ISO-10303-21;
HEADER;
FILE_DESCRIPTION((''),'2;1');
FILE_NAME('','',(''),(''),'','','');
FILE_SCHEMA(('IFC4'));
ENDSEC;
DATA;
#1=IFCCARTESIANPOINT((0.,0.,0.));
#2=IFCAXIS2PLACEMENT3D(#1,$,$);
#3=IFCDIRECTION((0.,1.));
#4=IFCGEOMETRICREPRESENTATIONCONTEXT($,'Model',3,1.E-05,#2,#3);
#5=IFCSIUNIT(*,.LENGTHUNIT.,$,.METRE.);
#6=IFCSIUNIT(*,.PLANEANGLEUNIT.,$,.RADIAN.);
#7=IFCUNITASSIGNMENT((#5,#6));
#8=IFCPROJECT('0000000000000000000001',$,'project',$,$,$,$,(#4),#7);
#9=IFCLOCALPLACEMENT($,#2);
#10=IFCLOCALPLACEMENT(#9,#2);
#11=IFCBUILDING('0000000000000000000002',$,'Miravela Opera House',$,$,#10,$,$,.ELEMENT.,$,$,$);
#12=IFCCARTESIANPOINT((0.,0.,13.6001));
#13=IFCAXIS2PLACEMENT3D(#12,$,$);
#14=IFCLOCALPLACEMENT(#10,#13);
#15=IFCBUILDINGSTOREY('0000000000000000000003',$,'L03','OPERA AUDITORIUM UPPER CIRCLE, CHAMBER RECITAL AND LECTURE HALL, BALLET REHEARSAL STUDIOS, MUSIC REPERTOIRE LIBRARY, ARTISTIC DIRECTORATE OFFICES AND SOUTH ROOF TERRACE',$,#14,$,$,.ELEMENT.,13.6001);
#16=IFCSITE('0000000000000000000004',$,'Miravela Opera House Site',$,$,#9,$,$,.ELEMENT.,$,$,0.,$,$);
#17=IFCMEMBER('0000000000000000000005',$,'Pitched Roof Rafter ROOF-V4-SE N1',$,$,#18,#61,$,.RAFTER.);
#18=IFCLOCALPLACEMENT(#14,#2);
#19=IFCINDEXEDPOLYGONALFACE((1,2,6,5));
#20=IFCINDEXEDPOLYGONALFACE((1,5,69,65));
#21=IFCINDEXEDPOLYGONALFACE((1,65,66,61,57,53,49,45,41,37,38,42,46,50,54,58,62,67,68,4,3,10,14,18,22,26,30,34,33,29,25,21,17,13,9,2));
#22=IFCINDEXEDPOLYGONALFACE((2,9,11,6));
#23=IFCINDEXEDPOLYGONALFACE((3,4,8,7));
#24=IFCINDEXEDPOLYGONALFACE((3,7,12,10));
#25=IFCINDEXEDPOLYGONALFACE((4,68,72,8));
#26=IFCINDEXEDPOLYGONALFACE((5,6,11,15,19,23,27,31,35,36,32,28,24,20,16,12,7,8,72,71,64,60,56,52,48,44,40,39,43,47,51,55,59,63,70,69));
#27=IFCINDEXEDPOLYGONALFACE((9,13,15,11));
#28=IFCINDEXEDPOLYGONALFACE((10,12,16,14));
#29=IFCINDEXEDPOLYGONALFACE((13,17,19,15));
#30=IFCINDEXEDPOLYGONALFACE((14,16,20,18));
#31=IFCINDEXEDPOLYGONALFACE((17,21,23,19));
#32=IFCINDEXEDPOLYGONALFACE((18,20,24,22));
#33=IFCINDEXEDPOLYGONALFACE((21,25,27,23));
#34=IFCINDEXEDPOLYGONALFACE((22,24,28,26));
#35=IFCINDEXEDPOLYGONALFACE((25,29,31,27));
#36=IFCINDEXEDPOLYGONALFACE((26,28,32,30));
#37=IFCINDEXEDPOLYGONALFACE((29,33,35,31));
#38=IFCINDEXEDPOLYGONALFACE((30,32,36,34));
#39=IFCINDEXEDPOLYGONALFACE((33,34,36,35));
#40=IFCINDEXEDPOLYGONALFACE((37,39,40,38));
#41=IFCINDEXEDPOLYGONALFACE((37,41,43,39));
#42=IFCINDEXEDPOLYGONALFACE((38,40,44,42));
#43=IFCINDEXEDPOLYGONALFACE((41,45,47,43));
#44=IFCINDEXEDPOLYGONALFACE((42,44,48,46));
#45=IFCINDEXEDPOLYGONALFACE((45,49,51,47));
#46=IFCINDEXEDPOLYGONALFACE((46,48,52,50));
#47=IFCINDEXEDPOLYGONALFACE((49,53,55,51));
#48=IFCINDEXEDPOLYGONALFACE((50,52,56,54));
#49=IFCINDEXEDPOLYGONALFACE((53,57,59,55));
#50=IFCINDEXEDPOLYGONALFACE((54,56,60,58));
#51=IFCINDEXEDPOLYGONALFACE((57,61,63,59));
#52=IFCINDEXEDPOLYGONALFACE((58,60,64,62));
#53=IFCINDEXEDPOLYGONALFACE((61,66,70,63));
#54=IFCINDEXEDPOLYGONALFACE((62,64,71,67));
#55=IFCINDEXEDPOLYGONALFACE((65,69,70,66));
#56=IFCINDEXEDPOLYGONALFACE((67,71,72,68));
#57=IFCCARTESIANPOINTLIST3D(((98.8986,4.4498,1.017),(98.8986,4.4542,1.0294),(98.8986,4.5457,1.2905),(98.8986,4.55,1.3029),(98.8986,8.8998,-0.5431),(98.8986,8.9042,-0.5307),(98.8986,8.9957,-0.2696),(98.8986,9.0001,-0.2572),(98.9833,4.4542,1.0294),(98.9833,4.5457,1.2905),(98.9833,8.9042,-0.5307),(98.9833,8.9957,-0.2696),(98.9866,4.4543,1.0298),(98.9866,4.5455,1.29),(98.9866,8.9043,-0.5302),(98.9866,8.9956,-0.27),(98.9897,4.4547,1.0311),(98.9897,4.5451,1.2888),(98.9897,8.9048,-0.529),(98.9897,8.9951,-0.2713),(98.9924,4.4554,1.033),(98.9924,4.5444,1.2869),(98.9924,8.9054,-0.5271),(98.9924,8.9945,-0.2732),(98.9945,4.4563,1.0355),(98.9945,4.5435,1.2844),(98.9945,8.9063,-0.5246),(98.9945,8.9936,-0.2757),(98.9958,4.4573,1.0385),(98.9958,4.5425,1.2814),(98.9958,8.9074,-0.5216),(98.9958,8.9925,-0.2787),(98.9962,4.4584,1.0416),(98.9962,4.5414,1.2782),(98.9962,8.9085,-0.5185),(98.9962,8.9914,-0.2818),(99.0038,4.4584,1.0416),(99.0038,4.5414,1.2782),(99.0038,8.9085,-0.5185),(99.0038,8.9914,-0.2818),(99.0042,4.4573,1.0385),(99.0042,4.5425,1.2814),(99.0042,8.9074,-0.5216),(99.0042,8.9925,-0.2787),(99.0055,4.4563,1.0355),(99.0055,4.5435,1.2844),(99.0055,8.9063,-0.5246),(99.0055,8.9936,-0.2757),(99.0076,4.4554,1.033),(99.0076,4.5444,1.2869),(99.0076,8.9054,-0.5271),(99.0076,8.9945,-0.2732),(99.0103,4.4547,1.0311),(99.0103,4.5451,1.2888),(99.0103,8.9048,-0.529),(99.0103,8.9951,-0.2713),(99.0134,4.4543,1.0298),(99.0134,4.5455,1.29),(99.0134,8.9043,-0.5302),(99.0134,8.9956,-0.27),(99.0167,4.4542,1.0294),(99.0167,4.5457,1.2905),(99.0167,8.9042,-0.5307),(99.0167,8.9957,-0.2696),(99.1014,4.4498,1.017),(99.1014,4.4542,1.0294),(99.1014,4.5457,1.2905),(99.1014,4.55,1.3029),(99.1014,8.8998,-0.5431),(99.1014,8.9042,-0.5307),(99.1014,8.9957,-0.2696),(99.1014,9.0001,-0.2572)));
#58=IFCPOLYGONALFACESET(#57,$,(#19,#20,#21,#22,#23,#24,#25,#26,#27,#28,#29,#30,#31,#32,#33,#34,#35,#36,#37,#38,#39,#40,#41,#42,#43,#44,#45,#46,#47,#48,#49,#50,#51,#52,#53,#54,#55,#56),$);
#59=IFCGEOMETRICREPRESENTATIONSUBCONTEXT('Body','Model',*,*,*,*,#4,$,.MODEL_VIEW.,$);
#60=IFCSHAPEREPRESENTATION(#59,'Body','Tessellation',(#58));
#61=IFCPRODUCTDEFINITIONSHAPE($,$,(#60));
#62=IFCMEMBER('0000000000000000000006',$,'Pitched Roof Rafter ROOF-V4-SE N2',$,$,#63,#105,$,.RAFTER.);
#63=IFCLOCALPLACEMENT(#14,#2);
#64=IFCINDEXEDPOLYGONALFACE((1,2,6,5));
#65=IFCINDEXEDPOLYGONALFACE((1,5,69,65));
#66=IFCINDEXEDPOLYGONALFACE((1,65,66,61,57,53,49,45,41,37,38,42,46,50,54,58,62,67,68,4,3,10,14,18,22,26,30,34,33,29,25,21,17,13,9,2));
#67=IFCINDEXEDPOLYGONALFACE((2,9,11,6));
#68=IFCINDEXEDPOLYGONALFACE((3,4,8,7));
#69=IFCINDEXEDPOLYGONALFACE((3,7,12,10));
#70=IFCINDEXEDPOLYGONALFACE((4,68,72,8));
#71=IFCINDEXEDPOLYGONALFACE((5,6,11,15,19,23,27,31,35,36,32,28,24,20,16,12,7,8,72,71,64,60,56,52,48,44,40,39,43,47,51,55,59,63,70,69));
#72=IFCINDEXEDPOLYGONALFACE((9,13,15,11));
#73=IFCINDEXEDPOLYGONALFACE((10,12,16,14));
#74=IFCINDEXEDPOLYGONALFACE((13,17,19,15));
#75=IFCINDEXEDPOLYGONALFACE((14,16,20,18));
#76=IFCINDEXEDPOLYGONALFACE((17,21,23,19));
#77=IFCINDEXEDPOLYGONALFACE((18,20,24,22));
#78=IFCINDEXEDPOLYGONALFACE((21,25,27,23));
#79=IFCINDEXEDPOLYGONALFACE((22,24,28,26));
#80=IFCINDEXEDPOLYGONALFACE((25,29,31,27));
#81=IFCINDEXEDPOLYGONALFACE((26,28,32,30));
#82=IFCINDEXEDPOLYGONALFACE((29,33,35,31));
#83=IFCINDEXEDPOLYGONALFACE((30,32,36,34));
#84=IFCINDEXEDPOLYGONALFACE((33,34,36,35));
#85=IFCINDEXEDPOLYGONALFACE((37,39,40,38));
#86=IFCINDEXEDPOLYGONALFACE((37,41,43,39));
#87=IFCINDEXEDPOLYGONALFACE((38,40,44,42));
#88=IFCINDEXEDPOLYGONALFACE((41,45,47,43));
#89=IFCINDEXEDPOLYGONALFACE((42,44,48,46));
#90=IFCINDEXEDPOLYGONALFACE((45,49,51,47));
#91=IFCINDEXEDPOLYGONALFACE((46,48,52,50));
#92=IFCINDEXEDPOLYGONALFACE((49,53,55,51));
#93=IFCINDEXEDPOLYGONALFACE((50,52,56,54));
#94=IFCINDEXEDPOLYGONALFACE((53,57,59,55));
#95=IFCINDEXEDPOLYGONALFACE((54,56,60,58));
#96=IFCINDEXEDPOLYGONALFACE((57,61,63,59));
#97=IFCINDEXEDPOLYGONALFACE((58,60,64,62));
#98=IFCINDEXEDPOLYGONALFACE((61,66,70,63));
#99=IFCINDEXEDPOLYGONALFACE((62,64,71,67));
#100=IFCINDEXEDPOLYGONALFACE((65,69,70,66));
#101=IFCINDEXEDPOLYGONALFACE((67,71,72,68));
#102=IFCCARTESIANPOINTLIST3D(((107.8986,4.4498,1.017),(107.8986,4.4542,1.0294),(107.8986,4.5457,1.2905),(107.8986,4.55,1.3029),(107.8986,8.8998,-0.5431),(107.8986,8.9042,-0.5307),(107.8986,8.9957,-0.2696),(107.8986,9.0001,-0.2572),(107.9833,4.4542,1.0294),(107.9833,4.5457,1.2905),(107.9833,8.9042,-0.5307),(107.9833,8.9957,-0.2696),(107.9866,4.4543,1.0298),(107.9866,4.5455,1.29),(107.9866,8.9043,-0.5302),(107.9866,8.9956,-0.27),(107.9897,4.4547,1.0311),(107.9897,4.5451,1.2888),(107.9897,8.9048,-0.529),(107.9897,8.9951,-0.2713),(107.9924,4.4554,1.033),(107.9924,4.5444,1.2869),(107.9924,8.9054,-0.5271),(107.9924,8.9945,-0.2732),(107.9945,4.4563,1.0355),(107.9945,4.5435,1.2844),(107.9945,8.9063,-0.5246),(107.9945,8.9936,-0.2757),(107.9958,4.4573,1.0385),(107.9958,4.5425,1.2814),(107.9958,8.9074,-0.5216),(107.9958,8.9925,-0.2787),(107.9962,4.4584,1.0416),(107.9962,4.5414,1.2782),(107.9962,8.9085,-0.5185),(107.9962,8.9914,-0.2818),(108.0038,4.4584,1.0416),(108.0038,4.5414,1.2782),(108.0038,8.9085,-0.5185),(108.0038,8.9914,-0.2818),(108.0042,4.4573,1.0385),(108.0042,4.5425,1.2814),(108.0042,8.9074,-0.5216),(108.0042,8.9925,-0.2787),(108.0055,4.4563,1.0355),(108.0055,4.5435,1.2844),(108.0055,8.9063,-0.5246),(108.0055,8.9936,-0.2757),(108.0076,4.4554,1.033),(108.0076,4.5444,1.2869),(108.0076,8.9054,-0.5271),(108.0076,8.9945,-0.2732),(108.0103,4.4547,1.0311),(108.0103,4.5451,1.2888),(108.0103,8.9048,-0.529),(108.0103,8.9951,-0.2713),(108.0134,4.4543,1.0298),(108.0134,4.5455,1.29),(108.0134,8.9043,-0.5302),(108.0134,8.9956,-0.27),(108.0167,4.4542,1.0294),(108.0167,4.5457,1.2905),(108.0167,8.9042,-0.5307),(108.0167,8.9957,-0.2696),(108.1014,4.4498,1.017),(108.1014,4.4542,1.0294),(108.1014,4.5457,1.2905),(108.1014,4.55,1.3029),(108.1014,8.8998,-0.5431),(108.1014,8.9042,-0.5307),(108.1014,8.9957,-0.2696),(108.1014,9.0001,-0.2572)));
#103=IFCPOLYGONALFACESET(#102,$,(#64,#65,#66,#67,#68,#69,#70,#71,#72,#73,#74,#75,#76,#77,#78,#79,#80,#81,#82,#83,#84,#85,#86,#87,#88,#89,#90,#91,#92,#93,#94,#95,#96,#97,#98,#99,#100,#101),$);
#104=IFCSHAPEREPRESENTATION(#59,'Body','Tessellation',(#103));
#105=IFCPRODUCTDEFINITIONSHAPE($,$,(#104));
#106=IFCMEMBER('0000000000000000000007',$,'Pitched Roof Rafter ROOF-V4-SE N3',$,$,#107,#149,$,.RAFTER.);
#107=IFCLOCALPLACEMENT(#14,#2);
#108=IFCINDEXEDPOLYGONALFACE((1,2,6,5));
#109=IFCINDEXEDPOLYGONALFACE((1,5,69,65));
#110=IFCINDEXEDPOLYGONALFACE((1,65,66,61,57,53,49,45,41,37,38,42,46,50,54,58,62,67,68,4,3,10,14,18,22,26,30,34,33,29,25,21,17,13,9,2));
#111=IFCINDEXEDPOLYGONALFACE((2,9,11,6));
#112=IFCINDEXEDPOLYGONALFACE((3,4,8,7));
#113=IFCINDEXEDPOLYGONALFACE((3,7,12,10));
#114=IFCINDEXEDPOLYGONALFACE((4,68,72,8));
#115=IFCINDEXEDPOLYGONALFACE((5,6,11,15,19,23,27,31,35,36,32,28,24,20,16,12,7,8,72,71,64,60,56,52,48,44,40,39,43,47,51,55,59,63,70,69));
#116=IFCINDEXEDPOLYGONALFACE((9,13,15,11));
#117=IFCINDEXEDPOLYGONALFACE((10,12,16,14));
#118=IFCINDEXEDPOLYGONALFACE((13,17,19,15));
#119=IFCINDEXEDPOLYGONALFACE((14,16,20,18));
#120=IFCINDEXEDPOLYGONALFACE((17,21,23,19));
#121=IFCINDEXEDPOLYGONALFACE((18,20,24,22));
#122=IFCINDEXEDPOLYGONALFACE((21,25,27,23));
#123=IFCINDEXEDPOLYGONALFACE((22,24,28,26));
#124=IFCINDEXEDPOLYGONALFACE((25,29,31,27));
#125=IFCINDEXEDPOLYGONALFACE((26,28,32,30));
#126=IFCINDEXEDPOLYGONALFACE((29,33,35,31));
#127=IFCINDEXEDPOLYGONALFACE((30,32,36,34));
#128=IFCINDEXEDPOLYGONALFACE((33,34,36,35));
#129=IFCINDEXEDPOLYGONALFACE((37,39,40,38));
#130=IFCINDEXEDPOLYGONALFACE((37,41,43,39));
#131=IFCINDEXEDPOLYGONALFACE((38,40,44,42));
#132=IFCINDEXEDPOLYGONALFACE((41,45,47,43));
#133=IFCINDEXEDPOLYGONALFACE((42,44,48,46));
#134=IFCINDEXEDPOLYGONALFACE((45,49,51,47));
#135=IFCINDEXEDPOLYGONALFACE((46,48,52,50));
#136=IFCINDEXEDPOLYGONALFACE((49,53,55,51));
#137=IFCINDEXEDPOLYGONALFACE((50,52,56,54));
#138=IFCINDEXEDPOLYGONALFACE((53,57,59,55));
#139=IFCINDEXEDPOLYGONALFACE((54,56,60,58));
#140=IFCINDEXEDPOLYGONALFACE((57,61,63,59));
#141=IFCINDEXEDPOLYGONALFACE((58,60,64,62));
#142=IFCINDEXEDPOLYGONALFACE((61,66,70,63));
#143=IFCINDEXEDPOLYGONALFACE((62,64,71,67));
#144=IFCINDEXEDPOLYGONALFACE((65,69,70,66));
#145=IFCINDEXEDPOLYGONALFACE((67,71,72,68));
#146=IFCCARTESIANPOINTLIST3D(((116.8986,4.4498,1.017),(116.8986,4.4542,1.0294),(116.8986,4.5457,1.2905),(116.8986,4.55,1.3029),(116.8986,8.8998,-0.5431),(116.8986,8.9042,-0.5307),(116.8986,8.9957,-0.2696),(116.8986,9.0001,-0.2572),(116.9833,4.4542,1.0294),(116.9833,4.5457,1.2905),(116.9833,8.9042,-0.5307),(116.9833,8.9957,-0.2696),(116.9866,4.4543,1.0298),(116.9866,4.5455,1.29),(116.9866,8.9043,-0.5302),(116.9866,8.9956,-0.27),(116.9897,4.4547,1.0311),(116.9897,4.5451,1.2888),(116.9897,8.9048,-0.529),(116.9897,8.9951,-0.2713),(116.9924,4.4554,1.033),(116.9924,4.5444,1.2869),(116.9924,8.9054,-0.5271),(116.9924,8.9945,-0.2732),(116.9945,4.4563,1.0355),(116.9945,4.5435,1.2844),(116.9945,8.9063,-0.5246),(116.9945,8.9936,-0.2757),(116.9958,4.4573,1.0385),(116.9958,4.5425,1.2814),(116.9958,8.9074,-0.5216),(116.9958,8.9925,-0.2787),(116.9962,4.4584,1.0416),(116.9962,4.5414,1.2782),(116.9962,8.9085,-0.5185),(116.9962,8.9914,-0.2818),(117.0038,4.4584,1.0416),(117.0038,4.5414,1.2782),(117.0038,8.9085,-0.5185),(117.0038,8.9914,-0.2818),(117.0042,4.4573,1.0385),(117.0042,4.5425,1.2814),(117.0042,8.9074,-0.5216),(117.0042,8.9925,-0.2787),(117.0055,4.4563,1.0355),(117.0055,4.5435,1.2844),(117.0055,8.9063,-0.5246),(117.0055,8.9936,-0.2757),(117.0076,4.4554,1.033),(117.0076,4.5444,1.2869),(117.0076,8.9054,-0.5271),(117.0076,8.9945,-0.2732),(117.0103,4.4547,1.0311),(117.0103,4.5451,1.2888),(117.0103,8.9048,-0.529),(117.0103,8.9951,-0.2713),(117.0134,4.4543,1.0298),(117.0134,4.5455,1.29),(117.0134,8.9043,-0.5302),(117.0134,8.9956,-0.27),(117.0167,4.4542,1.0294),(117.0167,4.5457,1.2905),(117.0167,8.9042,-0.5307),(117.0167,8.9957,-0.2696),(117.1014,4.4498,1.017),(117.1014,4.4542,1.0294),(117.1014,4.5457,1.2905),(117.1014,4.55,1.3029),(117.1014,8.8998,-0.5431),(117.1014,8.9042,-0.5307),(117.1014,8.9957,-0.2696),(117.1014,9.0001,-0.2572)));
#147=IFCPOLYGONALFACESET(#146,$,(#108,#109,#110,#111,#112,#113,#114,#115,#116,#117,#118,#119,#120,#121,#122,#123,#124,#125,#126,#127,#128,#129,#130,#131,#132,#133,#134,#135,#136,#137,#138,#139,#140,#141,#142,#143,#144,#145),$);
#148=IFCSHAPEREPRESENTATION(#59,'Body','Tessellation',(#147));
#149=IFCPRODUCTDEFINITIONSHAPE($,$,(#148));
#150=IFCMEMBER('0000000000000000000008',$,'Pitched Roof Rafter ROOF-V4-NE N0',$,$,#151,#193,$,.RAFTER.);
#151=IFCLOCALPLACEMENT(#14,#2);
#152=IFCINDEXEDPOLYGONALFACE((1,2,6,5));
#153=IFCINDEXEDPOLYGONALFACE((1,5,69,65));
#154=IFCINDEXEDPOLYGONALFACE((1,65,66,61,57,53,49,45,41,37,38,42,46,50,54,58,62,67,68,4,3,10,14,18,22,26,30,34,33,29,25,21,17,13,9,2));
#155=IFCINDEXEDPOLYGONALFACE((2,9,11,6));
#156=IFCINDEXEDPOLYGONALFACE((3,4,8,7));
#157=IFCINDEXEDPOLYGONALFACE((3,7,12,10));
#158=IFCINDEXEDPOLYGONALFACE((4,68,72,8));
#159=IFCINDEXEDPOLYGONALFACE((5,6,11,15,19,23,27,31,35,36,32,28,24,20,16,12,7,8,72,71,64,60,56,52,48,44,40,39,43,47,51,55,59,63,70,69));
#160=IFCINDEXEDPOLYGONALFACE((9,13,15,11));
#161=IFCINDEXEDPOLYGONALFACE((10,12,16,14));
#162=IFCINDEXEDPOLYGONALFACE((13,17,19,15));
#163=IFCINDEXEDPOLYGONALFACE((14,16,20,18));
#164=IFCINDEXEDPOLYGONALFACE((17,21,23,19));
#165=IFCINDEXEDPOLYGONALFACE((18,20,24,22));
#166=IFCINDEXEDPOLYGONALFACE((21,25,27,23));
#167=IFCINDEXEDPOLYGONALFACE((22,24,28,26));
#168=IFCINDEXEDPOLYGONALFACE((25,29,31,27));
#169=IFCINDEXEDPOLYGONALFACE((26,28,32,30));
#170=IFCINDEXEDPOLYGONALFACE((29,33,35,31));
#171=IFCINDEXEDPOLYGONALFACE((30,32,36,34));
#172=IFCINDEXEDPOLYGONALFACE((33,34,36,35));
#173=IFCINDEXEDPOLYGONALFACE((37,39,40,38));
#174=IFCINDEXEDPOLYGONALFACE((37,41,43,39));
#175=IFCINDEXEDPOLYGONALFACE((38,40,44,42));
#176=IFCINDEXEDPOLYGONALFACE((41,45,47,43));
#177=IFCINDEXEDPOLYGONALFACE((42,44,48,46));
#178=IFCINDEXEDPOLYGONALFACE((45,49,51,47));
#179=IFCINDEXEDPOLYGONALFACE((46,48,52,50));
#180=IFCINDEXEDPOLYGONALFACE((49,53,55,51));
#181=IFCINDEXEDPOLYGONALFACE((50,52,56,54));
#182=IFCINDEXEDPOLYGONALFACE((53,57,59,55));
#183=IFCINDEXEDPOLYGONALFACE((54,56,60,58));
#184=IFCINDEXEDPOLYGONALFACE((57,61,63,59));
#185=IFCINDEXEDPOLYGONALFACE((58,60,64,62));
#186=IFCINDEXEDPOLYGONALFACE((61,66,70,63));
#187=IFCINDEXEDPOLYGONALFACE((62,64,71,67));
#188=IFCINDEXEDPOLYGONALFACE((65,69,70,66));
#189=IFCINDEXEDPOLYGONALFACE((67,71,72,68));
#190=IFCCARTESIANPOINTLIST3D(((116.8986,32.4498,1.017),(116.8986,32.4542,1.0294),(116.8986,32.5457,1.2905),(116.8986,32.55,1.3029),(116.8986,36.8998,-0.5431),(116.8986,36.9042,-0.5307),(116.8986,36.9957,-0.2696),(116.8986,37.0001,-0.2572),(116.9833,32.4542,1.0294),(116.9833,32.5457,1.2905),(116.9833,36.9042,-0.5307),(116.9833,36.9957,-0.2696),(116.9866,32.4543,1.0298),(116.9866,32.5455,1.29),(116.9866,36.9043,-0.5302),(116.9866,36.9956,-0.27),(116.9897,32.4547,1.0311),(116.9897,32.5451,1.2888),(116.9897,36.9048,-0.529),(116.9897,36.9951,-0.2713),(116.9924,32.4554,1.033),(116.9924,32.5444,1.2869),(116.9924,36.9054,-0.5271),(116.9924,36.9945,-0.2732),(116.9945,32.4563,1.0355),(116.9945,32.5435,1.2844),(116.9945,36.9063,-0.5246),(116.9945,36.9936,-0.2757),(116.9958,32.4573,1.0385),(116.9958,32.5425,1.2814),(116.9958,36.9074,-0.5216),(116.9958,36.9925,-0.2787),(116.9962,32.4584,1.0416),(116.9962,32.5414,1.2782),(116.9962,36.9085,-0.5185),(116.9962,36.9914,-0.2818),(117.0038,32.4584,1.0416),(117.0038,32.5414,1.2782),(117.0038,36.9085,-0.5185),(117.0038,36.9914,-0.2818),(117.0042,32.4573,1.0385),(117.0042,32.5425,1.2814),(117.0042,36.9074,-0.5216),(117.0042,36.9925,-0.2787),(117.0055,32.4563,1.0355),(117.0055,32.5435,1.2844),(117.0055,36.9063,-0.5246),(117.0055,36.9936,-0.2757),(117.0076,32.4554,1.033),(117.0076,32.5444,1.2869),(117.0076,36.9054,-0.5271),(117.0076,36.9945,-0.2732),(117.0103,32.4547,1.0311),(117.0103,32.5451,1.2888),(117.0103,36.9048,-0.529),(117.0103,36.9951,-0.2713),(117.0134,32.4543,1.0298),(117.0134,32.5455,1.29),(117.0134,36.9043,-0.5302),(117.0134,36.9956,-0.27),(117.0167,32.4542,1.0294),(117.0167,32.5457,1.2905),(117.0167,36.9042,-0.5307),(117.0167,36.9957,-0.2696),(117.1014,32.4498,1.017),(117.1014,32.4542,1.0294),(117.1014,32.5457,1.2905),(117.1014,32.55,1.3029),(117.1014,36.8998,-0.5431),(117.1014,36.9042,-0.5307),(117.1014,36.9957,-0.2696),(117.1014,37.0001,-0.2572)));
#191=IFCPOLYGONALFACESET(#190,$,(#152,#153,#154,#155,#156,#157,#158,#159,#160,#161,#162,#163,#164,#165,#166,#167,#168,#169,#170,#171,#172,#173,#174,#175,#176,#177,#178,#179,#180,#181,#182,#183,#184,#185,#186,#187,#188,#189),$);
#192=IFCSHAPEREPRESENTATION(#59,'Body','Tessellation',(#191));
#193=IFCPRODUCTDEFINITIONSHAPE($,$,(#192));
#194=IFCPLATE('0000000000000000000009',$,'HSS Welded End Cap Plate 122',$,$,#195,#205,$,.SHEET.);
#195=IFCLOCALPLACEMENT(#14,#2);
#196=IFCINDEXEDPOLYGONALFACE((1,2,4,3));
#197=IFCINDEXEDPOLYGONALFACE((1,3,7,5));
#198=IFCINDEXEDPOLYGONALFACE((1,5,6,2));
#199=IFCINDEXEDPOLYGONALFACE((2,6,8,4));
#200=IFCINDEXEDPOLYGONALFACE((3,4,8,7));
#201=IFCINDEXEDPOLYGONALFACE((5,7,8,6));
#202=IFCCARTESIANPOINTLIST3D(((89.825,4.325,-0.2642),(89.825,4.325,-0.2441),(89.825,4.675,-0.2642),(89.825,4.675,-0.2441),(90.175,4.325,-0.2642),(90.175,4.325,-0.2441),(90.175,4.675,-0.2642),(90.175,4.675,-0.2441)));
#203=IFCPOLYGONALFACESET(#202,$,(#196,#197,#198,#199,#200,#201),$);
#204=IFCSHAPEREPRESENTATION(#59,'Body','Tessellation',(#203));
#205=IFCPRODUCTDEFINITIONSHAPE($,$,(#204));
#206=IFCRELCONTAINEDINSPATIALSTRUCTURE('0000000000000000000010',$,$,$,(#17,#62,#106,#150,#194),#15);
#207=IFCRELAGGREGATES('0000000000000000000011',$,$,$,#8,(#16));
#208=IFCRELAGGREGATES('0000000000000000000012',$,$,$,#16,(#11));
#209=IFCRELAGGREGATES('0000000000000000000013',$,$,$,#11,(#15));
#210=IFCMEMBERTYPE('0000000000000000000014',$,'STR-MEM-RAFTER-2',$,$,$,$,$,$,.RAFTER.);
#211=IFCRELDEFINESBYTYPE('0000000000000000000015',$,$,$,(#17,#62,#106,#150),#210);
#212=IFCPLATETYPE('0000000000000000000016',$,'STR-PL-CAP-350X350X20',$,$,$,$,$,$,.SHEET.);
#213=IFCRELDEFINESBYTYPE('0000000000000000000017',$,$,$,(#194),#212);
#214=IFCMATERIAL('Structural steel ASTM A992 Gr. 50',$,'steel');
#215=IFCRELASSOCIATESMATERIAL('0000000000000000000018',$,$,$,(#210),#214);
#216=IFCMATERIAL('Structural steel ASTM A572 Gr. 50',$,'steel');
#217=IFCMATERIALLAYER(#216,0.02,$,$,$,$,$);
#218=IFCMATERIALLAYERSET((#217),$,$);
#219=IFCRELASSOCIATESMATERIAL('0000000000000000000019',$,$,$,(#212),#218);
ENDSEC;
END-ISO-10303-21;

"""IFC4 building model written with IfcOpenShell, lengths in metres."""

from ifc_helpers import new_model, si_unit, direction, frame, origin, origin_2d, place, context, subcontext, project, spatial, rectangle, i_section, extrude, material, layer, layer_set, material_profile, profile_set, type_object, element, save


model = new_model("IFC4")

# Units and contexts
model_context = context("Model", 3, precision=1e-05, world=origin(), true_north=direction((0.0, 1.0)))
body_context = subcontext(model_context, "Body", "Model", "MODEL_VIEW")
ifc_project = project(units=[si_unit("LENGTHUNIT", "METRE"), si_unit("PLANEANGLEUNIT", "RADIAN")], contexts=[model_context])

# Site, building, storey
site_placement = place(None, origin())
site = spatial("IfcSite", under=ifc_project, at=site_placement, Name="Miravela Opera House Site", CompositionType="ELEMENT", RefElevation=0.0)
building_placement = place(site_placement, origin())
building = spatial("IfcBuilding", under=site, at=building_placement, Name="Miravela Opera House", CompositionType="ELEMENT")
storey_placement = place(building_placement, frame((0.0, 0.0, 13.6001)))
storey = spatial("IfcBuildingStorey", under=building, at=storey_placement, Name="L03", Description="OPERA AUDITORIUM UPPER CIRCLE, CHAMBER RECITAL AND LECTURE HALL, BALLET REHEARSAL STUDIOS, MUSIC REPERTOIRE LIBRARY, ARTISTIC DIRECTORATE OFFICES AND SOUTH ROOF TERRACE", CompositionType="ELEMENT", Elevation=13.6001)

# Shared definitions
ifc_material_1 = material(Name="Structural steel ASTM A992 Gr. 50", Category="steel")

# Members
ifc_material_profile_1 = material_profile(ifc_material_1, i_section(OverallWidth=0.2029, OverallDepth=0.303, WebThickness=0.0076, FlangeThickness=0.0132, FilletRadius=0.0129, at=origin_2d()), Name="W310X60")
ifc_profile_set_1 = profile_set([ifc_material_profile_1])
member_type_1 = type_object("IfcMemberType", Name="STR-MEM-RAFTER-2", PredefinedType="RAFTER", material=ifc_profile_set_1)
for number, where, z_axis, x_axis, name in (
    (1, (99.0, 8.95, -0.4001), (0.0, -0.943688, 0.330837), (1.0, 0.0, 0.0), "Pitched Roof Rafter ROOF-V4-SE N1"),
    (2, (108.0, 8.95, -0.4001), (0.0, -0.943688, 0.330837), (1.0, 0.0, 0.0), "Pitched Roof Rafter ROOF-V4-SE N2"),
    (3, (117.0, 8.95, -0.4001), (0.0, -0.943688, 0.330837), (1.0, 0.0, 0.0), "Pitched Roof Rafter ROOF-V4-SE N3"),
    (4, (117.0, 36.95, -0.4001), (0.0, -0.943688, 0.330837), (1.0, 0.0, 0.0), "Pitched Roof Rafter ROOF-V4-NE N0"),
):
    element("IfcMember", number, at=place(storey_placement, frame(where, z_axis=z_axis, x_axis=x_axis)), inside=storey, type_object=member_type_1, Name=name, PredefinedType="RAFTER", context=body_context, shape_type="SweptSolid", body=[
        extrude(i_section(OverallWidth=0.2029, OverallDepth=0.303, WebThickness=0.0076, FlangeThickness=0.0132, FilletRadius=0.0129, at=origin_2d()), origin(), (0.0, 0.0, 1.0), 4.7156),
    ])

# Plate
ifc_material_2 = material(Name="Structural steel ASTM A572 Gr. 50", Category="steel")
ifc_layer_1 = layer(ifc_material_2, 0.02)
ifc_layer_set_1 = layer_set([ifc_layer_1])
plate_type = type_object("IfcPlateType", Name="STR-PL-CAP-350X350X20", PredefinedType="SHEET", material=ifc_layer_set_1)
for number, where, z_axis, x_axis, name in (
    (5, (90.0, 4.5, -0.2642), (0.0, 0.0, 1.0), (1.0, 0.0, 0.0), "HSS Welded End Cap Plate 122"),
):
    element("IfcPlate", number, at=place(storey_placement, frame(where, z_axis=z_axis, x_axis=x_axis)), inside=storey, type_object=plate_type, Name=name, PredefinedType="SHEET", context=body_context, shape_type="SweptSolid", body=[
        extrude(rectangle(XDim=0.3501, YDim=0.3501, at=origin_2d()), origin(), (0.0, 0.0, 1.0), 0.02),
    ])

save(model, "model.ifc")
